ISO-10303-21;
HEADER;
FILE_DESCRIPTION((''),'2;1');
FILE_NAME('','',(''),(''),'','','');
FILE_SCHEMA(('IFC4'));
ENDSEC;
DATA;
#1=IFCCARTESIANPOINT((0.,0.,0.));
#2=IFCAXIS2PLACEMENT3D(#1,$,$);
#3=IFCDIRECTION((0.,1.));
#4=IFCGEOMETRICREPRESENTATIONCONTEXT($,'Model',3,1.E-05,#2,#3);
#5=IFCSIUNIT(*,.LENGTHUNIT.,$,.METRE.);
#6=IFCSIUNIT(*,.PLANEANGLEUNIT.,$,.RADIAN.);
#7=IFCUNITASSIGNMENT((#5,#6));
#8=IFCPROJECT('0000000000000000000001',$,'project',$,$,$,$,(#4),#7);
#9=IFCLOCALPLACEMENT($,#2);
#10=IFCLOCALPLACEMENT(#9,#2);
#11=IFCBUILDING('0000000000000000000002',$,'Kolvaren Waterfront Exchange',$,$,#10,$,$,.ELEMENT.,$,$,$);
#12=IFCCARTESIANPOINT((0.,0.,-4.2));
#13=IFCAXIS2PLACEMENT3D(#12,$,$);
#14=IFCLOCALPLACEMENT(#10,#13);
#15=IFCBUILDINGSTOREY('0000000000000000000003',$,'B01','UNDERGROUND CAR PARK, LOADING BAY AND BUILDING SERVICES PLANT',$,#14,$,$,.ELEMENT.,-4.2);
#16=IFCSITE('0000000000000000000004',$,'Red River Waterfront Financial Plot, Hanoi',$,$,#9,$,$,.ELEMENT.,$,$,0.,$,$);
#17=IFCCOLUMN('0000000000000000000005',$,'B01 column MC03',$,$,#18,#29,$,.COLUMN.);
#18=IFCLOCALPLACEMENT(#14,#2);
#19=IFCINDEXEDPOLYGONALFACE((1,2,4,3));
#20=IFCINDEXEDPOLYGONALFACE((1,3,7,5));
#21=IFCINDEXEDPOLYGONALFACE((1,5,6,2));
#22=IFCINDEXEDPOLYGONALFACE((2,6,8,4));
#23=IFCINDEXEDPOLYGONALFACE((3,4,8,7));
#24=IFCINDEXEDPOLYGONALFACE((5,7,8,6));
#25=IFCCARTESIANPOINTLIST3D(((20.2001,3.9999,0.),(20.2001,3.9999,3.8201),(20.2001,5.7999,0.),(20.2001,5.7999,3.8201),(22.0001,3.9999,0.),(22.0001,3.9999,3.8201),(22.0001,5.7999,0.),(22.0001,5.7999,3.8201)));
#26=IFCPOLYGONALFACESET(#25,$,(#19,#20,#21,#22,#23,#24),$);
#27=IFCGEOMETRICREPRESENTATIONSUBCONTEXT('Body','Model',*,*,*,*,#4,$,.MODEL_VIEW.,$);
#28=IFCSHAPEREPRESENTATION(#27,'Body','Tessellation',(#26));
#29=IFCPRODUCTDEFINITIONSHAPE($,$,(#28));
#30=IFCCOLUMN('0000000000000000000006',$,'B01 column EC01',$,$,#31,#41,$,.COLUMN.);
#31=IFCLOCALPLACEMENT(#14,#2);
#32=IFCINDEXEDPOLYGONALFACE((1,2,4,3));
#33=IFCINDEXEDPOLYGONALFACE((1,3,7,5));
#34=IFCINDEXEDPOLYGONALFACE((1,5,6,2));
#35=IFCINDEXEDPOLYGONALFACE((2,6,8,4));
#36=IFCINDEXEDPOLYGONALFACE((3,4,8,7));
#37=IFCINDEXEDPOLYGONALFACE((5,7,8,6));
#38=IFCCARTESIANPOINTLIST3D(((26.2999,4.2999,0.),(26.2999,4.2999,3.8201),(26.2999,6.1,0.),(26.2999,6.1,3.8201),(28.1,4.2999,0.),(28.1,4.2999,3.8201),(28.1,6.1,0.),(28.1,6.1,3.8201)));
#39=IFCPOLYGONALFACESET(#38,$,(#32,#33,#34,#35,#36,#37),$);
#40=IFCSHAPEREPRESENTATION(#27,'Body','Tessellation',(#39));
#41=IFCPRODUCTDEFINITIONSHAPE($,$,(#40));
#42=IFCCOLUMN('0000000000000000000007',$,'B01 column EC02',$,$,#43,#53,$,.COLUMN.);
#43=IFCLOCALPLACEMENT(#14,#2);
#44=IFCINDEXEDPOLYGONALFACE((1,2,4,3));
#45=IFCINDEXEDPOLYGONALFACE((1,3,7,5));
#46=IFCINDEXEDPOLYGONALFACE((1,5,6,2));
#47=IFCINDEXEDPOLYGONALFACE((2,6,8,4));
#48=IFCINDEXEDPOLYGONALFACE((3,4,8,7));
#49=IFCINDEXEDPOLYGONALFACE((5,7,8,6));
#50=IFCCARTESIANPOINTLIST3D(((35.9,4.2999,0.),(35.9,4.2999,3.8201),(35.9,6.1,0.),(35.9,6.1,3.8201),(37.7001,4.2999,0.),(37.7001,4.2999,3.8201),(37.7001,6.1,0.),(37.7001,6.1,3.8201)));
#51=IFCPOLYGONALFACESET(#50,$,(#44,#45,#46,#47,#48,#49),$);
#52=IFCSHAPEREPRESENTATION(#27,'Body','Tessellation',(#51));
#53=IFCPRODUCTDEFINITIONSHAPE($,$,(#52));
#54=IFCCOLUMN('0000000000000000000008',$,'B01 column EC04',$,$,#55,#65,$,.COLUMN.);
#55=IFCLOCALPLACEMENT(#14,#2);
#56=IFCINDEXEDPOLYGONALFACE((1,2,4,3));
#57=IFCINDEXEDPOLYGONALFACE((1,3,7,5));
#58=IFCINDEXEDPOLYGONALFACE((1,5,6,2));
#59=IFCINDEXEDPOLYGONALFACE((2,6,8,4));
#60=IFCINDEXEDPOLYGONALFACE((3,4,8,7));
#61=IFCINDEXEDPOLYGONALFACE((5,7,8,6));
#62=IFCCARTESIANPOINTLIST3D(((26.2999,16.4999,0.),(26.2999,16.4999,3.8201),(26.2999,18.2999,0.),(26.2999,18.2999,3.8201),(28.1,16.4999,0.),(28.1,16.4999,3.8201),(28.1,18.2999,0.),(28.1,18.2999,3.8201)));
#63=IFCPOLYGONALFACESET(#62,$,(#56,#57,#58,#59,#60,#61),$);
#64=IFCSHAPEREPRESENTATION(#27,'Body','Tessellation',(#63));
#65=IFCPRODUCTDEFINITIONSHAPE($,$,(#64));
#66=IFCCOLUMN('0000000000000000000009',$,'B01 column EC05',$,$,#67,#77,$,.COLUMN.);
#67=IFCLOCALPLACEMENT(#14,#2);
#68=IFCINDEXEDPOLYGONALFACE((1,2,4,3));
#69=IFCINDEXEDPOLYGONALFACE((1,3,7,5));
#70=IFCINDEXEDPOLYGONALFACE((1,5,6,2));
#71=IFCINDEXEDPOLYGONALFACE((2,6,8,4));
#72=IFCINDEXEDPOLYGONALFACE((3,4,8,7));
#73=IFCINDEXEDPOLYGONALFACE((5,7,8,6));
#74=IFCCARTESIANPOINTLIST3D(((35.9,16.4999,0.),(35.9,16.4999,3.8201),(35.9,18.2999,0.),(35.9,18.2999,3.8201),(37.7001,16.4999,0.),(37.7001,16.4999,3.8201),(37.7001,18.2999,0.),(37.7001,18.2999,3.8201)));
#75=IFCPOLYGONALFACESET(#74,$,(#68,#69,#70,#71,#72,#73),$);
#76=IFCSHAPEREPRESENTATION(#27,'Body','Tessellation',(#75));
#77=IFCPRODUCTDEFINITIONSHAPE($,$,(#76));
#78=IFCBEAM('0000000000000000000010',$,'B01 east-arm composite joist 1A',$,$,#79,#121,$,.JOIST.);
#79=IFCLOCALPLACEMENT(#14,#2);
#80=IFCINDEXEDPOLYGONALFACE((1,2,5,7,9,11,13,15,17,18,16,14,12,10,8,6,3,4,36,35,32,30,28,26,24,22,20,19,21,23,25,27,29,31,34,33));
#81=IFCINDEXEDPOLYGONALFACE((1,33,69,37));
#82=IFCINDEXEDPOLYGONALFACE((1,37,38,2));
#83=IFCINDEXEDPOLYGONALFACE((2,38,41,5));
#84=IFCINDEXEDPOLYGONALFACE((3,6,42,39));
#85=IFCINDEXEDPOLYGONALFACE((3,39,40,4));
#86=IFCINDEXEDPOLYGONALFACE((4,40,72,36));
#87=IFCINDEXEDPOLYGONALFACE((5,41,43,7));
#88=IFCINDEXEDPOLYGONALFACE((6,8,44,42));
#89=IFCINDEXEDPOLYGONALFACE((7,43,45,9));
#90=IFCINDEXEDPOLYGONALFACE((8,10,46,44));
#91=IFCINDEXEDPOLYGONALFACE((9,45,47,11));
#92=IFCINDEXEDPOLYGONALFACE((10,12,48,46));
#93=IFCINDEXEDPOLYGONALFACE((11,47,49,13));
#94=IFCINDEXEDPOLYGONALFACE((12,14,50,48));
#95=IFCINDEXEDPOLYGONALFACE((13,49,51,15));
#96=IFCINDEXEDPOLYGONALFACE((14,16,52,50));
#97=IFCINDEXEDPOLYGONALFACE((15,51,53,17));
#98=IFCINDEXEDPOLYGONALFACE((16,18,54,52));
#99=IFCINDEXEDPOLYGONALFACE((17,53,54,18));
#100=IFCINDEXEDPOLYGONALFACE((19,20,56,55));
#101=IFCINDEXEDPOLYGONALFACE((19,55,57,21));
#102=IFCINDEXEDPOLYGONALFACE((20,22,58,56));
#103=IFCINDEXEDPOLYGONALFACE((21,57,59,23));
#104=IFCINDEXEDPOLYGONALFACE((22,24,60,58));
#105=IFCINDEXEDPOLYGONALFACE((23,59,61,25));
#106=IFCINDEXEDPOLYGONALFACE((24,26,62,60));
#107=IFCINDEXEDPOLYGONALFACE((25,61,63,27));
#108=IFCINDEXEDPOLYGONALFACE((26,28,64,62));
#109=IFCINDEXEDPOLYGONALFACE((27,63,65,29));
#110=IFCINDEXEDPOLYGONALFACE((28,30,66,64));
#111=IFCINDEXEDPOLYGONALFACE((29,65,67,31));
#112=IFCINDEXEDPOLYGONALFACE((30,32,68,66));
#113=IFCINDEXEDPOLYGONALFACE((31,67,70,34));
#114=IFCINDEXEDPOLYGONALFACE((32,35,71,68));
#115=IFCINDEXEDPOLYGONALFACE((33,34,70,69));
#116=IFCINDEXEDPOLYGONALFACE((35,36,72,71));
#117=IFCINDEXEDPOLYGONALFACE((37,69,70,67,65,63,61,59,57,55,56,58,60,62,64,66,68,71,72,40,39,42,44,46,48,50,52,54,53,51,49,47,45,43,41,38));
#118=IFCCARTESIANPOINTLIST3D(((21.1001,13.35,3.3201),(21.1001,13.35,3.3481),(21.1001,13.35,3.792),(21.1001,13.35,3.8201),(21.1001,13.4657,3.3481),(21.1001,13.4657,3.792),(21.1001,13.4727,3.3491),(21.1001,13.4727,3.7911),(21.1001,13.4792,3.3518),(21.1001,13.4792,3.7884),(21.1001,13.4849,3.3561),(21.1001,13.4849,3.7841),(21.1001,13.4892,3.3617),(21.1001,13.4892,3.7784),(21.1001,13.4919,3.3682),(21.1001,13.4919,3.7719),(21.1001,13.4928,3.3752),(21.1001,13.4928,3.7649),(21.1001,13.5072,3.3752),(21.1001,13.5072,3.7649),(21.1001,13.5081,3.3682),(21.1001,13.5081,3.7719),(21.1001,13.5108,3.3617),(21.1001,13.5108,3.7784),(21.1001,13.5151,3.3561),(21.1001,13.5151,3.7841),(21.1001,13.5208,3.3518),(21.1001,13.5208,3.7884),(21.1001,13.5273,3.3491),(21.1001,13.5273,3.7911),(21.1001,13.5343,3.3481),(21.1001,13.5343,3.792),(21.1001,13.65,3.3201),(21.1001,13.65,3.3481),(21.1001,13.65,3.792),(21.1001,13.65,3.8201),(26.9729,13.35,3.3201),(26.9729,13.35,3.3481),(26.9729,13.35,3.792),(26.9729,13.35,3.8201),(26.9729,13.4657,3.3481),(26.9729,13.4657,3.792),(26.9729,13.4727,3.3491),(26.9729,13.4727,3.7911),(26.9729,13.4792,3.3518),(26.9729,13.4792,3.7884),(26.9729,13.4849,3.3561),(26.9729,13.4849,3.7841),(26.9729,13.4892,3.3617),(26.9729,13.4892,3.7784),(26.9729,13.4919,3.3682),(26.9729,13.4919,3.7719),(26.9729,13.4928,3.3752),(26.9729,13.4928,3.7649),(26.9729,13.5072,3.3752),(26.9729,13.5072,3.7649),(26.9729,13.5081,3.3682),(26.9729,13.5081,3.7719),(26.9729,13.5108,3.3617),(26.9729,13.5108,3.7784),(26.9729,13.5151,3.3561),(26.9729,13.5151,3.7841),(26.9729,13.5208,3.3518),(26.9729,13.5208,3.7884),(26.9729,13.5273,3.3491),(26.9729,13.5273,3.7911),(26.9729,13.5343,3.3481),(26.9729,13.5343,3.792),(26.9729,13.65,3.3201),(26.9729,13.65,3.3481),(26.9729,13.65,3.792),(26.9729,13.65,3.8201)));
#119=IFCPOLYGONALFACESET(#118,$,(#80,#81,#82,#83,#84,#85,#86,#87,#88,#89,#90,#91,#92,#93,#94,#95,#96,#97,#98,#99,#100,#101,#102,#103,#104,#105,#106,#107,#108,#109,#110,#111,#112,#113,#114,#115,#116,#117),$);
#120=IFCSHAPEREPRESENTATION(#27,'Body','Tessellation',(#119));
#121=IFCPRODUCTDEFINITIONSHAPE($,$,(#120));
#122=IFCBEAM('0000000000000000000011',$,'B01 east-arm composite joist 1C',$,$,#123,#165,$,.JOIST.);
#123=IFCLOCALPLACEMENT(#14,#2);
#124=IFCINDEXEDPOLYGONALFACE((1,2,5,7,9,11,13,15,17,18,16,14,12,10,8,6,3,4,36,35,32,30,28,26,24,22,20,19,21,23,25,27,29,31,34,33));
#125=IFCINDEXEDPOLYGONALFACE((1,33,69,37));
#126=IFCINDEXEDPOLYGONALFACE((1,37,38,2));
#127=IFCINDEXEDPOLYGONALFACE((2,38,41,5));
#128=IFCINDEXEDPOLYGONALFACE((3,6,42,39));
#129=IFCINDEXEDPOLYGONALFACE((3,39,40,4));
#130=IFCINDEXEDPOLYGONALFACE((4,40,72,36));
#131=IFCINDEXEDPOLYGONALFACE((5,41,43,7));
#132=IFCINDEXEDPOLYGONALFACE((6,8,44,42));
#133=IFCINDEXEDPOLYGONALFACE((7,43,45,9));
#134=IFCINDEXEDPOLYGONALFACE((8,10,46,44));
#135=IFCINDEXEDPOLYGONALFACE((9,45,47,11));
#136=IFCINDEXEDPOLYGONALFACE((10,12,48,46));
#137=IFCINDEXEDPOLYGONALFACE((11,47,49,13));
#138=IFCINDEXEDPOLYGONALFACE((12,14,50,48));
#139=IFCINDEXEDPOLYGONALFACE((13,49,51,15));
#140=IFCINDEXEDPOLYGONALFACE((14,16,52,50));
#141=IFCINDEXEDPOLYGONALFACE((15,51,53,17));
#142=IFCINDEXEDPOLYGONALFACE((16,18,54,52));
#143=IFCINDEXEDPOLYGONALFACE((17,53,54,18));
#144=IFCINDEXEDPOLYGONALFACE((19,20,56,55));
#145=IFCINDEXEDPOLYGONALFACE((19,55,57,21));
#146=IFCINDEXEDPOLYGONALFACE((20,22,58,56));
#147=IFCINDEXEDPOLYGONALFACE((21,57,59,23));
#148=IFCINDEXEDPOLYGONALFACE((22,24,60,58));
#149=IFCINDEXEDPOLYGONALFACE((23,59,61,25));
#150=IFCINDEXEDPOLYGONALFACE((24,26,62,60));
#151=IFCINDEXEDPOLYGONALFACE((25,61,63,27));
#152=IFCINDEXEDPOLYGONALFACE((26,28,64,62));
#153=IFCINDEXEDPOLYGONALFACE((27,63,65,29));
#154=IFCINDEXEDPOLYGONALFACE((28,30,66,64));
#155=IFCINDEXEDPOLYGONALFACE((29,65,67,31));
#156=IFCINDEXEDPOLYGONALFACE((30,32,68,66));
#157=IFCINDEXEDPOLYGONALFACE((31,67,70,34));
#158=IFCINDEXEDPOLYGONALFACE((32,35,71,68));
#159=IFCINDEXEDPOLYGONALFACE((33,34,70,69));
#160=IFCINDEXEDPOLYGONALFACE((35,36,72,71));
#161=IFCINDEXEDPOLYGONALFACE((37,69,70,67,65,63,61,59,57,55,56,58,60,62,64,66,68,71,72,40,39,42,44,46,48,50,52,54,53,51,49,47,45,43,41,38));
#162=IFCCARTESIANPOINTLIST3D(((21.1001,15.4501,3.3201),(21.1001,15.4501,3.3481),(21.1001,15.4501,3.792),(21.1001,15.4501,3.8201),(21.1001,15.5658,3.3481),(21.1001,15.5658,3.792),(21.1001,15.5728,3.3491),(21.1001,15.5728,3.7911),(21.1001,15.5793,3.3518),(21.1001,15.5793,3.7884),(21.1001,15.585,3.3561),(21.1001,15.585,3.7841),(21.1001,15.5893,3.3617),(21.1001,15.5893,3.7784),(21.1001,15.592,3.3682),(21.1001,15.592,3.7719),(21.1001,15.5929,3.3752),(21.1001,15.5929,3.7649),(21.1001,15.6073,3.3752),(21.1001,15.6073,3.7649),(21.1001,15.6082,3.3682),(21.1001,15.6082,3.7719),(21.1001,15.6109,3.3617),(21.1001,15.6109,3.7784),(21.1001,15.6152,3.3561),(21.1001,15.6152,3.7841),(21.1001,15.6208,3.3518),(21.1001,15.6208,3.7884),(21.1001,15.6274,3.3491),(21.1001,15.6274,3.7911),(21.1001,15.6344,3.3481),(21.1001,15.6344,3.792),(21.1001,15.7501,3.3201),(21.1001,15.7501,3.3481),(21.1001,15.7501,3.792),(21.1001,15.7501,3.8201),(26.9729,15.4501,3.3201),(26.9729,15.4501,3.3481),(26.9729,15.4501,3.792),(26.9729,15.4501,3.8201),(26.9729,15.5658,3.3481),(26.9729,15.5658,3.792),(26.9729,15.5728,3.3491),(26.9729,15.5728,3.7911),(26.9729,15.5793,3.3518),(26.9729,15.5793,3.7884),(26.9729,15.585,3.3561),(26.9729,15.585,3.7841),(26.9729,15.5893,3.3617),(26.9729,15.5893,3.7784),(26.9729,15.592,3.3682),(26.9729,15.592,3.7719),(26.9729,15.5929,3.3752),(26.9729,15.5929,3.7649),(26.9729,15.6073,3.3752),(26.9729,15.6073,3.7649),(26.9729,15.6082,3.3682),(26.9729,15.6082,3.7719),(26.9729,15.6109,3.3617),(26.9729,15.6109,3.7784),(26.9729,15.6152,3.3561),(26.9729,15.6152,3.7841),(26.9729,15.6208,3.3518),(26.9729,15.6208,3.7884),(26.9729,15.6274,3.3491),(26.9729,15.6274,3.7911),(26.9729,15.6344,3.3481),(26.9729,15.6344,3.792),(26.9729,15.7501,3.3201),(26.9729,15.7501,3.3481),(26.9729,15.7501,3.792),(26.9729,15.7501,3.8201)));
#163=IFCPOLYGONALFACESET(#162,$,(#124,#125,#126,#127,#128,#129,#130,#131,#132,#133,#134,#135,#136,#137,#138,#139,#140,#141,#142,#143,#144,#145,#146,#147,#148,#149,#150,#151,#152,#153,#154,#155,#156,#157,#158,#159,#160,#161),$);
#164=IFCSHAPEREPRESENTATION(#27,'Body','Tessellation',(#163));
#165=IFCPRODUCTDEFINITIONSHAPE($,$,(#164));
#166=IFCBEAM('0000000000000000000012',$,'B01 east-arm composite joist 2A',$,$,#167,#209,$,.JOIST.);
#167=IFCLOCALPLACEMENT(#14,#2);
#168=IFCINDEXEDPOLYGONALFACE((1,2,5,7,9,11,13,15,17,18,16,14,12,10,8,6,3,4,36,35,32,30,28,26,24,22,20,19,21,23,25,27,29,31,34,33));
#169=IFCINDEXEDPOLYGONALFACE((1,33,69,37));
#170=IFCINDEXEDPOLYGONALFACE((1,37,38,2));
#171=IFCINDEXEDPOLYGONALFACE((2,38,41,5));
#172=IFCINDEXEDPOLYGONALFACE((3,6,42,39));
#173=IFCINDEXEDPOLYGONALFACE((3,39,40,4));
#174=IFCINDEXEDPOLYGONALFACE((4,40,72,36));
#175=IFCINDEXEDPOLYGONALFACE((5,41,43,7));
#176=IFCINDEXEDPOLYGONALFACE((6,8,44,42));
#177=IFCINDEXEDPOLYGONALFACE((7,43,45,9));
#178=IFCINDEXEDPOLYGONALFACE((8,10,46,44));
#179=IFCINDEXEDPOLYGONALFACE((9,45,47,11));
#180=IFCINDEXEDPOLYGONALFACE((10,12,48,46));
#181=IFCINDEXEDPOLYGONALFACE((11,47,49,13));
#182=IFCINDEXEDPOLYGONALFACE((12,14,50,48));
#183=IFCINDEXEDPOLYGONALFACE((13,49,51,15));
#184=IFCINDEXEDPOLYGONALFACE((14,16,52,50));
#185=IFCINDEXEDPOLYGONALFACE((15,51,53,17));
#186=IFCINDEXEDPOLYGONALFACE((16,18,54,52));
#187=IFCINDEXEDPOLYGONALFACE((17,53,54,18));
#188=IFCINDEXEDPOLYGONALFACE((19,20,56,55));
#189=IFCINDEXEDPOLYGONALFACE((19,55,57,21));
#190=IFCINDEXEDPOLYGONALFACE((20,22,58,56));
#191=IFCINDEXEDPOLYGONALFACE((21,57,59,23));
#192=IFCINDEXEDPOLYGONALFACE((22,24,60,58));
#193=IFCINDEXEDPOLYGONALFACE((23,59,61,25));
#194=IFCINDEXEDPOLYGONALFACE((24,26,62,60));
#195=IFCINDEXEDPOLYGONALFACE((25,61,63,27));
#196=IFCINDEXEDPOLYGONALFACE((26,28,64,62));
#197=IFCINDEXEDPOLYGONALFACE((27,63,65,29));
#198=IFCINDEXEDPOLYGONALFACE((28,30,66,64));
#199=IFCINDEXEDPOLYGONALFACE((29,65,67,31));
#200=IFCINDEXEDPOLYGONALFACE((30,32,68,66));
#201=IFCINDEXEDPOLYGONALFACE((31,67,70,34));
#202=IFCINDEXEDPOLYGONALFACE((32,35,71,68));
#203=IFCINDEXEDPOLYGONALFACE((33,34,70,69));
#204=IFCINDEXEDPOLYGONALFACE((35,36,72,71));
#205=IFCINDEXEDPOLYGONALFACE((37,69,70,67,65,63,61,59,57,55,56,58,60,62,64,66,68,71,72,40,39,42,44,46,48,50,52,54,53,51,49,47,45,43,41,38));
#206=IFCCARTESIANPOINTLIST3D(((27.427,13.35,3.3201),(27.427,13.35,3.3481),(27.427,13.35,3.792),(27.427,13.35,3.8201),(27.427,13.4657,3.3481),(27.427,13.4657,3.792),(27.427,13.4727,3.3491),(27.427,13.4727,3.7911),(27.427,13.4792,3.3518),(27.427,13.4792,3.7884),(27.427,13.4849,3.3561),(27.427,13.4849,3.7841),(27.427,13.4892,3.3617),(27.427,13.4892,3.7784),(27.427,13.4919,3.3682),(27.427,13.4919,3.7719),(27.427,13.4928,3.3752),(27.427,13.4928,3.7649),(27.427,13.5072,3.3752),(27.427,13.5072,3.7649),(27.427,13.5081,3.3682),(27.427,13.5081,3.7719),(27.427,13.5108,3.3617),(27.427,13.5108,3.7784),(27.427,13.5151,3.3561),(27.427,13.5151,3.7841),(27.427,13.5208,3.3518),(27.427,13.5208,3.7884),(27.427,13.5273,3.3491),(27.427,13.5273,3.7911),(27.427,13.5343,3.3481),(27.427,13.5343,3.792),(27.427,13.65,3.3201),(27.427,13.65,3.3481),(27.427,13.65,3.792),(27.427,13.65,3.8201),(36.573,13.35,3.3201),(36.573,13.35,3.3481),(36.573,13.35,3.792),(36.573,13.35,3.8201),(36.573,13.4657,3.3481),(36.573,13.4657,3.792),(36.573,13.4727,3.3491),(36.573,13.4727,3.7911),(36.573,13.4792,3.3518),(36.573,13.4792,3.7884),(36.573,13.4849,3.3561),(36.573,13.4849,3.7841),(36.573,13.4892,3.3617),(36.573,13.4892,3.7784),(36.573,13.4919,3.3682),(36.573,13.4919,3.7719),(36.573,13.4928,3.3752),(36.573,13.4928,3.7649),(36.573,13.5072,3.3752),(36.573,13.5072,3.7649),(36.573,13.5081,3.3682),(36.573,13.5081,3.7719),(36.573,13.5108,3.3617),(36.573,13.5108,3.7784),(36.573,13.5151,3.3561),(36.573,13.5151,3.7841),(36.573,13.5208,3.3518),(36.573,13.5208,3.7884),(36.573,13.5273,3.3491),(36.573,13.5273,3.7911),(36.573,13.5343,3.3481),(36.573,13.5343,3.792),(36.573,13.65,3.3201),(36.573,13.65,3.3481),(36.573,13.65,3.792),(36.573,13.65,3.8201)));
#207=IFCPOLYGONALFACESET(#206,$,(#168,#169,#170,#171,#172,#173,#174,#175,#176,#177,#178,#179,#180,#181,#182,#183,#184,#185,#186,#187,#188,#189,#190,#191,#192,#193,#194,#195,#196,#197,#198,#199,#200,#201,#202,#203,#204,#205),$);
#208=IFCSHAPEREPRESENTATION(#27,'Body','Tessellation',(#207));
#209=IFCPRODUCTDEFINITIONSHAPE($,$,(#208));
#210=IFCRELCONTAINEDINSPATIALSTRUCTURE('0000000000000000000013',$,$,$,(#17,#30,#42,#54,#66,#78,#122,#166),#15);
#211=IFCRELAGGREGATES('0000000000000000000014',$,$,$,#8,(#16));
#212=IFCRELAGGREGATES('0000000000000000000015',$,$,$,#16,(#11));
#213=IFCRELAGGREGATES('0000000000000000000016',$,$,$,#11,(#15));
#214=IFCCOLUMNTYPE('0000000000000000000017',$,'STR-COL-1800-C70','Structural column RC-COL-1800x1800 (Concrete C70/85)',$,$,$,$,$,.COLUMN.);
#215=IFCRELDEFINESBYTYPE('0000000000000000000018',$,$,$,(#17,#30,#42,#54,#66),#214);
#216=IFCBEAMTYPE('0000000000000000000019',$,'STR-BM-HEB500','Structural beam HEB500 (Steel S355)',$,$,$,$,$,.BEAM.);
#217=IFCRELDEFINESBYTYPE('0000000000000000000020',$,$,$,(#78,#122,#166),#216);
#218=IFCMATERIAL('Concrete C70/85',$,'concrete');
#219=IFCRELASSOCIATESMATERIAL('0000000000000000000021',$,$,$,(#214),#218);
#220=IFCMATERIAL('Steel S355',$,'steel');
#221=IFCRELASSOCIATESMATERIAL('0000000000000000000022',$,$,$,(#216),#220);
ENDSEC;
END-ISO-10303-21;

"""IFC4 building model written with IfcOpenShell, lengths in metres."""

from ifc_helpers import new_model, si_unit, direction, frame, origin, origin_2d, place, context, subcontext, project, spatial, rectangle, i_section, extrude, material, material_profile, profile_set, type_object, element, save


model = new_model("IFC4")

# Units and contexts
model_context = context("Model", 3, precision=1e-05, world=origin(), true_north=direction((0.0, 1.0)))
body_context = subcontext(model_context, "Body", "Model", "MODEL_VIEW")
ifc_project = project(units=[si_unit("LENGTHUNIT", "METRE"), si_unit("PLANEANGLEUNIT", "RADIAN")], contexts=[model_context])

# Site, building, storey
site_placement = place(None, origin())
site = spatial("IfcSite", under=ifc_project, at=site_placement, Name="Red River Waterfront Financial Plot, Hanoi", CompositionType="ELEMENT", RefElevation=0.0)
building_placement = place(site_placement, origin())
building = spatial("IfcBuilding", under=site, at=building_placement, Name="Kolvaren Waterfront Exchange", CompositionType="ELEMENT")
storey_placement = place(building_placement, frame((0.0, 0.0, -4.2)))
storey = spatial("IfcBuildingStorey", under=building, at=storey_placement, Name="B01", Description="UNDERGROUND CAR PARK, LOADING BAY AND BUILDING SERVICES PLANT", CompositionType="ELEMENT", Elevation=-4.2)

# Columns
ifc_material_1 = material(Name="Concrete C70/85", Category="concrete")
ifc_material_profile_1 = material_profile(ifc_material_1, rectangle(XDim=1.8, YDim=1.8, at=origin_2d()), Name="RC-COL-1800x1800")
ifc_profile_set_1 = profile_set([ifc_material_profile_1], Name="Concrete C70/85")
column_type = type_object("IfcColumnType", Name="STR-COL-1800-C70", Description="Structural column RC-COL-1800x1800 (Concrete C70/85)", PredefinedType="COLUMN", material=ifc_profile_set_1)
for number, where, z_axis, x_axis, name in (
    (1, (21.1001, 4.8999, 0.0), (0.0, 0.0, 1.0), (1.0, 0.0, 0.0), "B01 column MC03"),
    (2, (27.2, 5.2, 0.0), (0.0, 0.0, 1.0), (1.0, 0.0, 0.0), "B01 column EC01"),
    (3, (36.8, 5.2, 0.0), (0.0, 0.0, 1.0), (1.0, 0.0, 0.0), "B01 column EC02"),
    (4, (27.2, 17.3999, 0.0), (0.0, 0.0, 1.0), (1.0, 0.0, 0.0), "B01 column EC04"),
    (5, (36.8, 17.3999, 0.0), (0.0, 0.0, 1.0), (1.0, 0.0, 0.0), "B01 column EC05"),
):
    element("IfcColumn", number, at=place(storey_placement, frame(where, z_axis=z_axis, x_axis=x_axis)), inside=storey, type_object=column_type, Name=name, PredefinedType="COLUMN", context=body_context, shape_type="SweptSolid", body=[
        extrude(rectangle(XDim=1.8, YDim=1.8, at=origin_2d()), origin(), (0.0, 0.0, 1.0), 3.8201),
    ])

# Beams
ifc_material_2 = material(Name="Steel S355", Category="steel")
ifc_material_profile_2 = material_profile(ifc_material_2, i_section(OverallWidth=0.3, OverallDepth=0.5, WebThickness=0.0144, FlangeThickness=0.0281, FilletRadius=0.0271, at=origin_2d()), Name="HEB500")
ifc_profile_set_2 = profile_set([ifc_material_profile_2], Name="Steel S355")
beam_type_1 = type_object("IfcBeamType", Name="STR-BM-HEB500", Description="Structural beam HEB500 (Steel S355)", PredefinedType="BEAM", material=ifc_profile_set_2)
for number, where, z_axis, x_axis, name in (
    (6, (21.1001, 13.5, 3.5701), (1.0, 0.0, 0.0), (0.0, 1.0, 0.0), "B01 east-arm composite joist 1A"),
    (7, (21.1001, 15.6001, 3.5701), (1.0, 0.0, 0.0), (0.0, 1.0, 0.0), "B01 east-arm composite joist 1C"),
):
    element("IfcBeam", number, at=place(storey_placement, frame(where, z_axis=z_axis, x_axis=x_axis)), inside=storey, type_object=beam_type_1, Name=name, PredefinedType="JOIST", context=body_context, shape_type="SweptSolid", body=[
        extrude(i_section(OverallWidth=0.3, OverallDepth=0.5, WebThickness=0.0144, FlangeThickness=0.0281, FilletRadius=0.0271, at=origin_2d()), origin(), (0.0, 0.0, 1.0), 5.8728),
    ])
for number, where, z_axis, x_axis, name in (
    (8, (27.427, 13.5, 3.5701), (1.0, 0.0, 0.0), (0.0, 1.0, 0.0), "B01 east-arm composite joist 2A"),
):
    element("IfcBeam", number, at=place(storey_placement, frame(where, z_axis=z_axis, x_axis=x_axis)), inside=storey, type_object=beam_type_1, Name=name, PredefinedType="JOIST", context=body_context, shape_type="SweptSolid", body=[
        extrude(i_section(OverallWidth=0.3, OverallDepth=0.5, WebThickness=0.0144, FlangeThickness=0.0281, FilletRadius=0.0271, at=origin_2d()), origin(), (0.0, 0.0, 1.0), 9.146),
    ])

save(model, "model.ifc")
